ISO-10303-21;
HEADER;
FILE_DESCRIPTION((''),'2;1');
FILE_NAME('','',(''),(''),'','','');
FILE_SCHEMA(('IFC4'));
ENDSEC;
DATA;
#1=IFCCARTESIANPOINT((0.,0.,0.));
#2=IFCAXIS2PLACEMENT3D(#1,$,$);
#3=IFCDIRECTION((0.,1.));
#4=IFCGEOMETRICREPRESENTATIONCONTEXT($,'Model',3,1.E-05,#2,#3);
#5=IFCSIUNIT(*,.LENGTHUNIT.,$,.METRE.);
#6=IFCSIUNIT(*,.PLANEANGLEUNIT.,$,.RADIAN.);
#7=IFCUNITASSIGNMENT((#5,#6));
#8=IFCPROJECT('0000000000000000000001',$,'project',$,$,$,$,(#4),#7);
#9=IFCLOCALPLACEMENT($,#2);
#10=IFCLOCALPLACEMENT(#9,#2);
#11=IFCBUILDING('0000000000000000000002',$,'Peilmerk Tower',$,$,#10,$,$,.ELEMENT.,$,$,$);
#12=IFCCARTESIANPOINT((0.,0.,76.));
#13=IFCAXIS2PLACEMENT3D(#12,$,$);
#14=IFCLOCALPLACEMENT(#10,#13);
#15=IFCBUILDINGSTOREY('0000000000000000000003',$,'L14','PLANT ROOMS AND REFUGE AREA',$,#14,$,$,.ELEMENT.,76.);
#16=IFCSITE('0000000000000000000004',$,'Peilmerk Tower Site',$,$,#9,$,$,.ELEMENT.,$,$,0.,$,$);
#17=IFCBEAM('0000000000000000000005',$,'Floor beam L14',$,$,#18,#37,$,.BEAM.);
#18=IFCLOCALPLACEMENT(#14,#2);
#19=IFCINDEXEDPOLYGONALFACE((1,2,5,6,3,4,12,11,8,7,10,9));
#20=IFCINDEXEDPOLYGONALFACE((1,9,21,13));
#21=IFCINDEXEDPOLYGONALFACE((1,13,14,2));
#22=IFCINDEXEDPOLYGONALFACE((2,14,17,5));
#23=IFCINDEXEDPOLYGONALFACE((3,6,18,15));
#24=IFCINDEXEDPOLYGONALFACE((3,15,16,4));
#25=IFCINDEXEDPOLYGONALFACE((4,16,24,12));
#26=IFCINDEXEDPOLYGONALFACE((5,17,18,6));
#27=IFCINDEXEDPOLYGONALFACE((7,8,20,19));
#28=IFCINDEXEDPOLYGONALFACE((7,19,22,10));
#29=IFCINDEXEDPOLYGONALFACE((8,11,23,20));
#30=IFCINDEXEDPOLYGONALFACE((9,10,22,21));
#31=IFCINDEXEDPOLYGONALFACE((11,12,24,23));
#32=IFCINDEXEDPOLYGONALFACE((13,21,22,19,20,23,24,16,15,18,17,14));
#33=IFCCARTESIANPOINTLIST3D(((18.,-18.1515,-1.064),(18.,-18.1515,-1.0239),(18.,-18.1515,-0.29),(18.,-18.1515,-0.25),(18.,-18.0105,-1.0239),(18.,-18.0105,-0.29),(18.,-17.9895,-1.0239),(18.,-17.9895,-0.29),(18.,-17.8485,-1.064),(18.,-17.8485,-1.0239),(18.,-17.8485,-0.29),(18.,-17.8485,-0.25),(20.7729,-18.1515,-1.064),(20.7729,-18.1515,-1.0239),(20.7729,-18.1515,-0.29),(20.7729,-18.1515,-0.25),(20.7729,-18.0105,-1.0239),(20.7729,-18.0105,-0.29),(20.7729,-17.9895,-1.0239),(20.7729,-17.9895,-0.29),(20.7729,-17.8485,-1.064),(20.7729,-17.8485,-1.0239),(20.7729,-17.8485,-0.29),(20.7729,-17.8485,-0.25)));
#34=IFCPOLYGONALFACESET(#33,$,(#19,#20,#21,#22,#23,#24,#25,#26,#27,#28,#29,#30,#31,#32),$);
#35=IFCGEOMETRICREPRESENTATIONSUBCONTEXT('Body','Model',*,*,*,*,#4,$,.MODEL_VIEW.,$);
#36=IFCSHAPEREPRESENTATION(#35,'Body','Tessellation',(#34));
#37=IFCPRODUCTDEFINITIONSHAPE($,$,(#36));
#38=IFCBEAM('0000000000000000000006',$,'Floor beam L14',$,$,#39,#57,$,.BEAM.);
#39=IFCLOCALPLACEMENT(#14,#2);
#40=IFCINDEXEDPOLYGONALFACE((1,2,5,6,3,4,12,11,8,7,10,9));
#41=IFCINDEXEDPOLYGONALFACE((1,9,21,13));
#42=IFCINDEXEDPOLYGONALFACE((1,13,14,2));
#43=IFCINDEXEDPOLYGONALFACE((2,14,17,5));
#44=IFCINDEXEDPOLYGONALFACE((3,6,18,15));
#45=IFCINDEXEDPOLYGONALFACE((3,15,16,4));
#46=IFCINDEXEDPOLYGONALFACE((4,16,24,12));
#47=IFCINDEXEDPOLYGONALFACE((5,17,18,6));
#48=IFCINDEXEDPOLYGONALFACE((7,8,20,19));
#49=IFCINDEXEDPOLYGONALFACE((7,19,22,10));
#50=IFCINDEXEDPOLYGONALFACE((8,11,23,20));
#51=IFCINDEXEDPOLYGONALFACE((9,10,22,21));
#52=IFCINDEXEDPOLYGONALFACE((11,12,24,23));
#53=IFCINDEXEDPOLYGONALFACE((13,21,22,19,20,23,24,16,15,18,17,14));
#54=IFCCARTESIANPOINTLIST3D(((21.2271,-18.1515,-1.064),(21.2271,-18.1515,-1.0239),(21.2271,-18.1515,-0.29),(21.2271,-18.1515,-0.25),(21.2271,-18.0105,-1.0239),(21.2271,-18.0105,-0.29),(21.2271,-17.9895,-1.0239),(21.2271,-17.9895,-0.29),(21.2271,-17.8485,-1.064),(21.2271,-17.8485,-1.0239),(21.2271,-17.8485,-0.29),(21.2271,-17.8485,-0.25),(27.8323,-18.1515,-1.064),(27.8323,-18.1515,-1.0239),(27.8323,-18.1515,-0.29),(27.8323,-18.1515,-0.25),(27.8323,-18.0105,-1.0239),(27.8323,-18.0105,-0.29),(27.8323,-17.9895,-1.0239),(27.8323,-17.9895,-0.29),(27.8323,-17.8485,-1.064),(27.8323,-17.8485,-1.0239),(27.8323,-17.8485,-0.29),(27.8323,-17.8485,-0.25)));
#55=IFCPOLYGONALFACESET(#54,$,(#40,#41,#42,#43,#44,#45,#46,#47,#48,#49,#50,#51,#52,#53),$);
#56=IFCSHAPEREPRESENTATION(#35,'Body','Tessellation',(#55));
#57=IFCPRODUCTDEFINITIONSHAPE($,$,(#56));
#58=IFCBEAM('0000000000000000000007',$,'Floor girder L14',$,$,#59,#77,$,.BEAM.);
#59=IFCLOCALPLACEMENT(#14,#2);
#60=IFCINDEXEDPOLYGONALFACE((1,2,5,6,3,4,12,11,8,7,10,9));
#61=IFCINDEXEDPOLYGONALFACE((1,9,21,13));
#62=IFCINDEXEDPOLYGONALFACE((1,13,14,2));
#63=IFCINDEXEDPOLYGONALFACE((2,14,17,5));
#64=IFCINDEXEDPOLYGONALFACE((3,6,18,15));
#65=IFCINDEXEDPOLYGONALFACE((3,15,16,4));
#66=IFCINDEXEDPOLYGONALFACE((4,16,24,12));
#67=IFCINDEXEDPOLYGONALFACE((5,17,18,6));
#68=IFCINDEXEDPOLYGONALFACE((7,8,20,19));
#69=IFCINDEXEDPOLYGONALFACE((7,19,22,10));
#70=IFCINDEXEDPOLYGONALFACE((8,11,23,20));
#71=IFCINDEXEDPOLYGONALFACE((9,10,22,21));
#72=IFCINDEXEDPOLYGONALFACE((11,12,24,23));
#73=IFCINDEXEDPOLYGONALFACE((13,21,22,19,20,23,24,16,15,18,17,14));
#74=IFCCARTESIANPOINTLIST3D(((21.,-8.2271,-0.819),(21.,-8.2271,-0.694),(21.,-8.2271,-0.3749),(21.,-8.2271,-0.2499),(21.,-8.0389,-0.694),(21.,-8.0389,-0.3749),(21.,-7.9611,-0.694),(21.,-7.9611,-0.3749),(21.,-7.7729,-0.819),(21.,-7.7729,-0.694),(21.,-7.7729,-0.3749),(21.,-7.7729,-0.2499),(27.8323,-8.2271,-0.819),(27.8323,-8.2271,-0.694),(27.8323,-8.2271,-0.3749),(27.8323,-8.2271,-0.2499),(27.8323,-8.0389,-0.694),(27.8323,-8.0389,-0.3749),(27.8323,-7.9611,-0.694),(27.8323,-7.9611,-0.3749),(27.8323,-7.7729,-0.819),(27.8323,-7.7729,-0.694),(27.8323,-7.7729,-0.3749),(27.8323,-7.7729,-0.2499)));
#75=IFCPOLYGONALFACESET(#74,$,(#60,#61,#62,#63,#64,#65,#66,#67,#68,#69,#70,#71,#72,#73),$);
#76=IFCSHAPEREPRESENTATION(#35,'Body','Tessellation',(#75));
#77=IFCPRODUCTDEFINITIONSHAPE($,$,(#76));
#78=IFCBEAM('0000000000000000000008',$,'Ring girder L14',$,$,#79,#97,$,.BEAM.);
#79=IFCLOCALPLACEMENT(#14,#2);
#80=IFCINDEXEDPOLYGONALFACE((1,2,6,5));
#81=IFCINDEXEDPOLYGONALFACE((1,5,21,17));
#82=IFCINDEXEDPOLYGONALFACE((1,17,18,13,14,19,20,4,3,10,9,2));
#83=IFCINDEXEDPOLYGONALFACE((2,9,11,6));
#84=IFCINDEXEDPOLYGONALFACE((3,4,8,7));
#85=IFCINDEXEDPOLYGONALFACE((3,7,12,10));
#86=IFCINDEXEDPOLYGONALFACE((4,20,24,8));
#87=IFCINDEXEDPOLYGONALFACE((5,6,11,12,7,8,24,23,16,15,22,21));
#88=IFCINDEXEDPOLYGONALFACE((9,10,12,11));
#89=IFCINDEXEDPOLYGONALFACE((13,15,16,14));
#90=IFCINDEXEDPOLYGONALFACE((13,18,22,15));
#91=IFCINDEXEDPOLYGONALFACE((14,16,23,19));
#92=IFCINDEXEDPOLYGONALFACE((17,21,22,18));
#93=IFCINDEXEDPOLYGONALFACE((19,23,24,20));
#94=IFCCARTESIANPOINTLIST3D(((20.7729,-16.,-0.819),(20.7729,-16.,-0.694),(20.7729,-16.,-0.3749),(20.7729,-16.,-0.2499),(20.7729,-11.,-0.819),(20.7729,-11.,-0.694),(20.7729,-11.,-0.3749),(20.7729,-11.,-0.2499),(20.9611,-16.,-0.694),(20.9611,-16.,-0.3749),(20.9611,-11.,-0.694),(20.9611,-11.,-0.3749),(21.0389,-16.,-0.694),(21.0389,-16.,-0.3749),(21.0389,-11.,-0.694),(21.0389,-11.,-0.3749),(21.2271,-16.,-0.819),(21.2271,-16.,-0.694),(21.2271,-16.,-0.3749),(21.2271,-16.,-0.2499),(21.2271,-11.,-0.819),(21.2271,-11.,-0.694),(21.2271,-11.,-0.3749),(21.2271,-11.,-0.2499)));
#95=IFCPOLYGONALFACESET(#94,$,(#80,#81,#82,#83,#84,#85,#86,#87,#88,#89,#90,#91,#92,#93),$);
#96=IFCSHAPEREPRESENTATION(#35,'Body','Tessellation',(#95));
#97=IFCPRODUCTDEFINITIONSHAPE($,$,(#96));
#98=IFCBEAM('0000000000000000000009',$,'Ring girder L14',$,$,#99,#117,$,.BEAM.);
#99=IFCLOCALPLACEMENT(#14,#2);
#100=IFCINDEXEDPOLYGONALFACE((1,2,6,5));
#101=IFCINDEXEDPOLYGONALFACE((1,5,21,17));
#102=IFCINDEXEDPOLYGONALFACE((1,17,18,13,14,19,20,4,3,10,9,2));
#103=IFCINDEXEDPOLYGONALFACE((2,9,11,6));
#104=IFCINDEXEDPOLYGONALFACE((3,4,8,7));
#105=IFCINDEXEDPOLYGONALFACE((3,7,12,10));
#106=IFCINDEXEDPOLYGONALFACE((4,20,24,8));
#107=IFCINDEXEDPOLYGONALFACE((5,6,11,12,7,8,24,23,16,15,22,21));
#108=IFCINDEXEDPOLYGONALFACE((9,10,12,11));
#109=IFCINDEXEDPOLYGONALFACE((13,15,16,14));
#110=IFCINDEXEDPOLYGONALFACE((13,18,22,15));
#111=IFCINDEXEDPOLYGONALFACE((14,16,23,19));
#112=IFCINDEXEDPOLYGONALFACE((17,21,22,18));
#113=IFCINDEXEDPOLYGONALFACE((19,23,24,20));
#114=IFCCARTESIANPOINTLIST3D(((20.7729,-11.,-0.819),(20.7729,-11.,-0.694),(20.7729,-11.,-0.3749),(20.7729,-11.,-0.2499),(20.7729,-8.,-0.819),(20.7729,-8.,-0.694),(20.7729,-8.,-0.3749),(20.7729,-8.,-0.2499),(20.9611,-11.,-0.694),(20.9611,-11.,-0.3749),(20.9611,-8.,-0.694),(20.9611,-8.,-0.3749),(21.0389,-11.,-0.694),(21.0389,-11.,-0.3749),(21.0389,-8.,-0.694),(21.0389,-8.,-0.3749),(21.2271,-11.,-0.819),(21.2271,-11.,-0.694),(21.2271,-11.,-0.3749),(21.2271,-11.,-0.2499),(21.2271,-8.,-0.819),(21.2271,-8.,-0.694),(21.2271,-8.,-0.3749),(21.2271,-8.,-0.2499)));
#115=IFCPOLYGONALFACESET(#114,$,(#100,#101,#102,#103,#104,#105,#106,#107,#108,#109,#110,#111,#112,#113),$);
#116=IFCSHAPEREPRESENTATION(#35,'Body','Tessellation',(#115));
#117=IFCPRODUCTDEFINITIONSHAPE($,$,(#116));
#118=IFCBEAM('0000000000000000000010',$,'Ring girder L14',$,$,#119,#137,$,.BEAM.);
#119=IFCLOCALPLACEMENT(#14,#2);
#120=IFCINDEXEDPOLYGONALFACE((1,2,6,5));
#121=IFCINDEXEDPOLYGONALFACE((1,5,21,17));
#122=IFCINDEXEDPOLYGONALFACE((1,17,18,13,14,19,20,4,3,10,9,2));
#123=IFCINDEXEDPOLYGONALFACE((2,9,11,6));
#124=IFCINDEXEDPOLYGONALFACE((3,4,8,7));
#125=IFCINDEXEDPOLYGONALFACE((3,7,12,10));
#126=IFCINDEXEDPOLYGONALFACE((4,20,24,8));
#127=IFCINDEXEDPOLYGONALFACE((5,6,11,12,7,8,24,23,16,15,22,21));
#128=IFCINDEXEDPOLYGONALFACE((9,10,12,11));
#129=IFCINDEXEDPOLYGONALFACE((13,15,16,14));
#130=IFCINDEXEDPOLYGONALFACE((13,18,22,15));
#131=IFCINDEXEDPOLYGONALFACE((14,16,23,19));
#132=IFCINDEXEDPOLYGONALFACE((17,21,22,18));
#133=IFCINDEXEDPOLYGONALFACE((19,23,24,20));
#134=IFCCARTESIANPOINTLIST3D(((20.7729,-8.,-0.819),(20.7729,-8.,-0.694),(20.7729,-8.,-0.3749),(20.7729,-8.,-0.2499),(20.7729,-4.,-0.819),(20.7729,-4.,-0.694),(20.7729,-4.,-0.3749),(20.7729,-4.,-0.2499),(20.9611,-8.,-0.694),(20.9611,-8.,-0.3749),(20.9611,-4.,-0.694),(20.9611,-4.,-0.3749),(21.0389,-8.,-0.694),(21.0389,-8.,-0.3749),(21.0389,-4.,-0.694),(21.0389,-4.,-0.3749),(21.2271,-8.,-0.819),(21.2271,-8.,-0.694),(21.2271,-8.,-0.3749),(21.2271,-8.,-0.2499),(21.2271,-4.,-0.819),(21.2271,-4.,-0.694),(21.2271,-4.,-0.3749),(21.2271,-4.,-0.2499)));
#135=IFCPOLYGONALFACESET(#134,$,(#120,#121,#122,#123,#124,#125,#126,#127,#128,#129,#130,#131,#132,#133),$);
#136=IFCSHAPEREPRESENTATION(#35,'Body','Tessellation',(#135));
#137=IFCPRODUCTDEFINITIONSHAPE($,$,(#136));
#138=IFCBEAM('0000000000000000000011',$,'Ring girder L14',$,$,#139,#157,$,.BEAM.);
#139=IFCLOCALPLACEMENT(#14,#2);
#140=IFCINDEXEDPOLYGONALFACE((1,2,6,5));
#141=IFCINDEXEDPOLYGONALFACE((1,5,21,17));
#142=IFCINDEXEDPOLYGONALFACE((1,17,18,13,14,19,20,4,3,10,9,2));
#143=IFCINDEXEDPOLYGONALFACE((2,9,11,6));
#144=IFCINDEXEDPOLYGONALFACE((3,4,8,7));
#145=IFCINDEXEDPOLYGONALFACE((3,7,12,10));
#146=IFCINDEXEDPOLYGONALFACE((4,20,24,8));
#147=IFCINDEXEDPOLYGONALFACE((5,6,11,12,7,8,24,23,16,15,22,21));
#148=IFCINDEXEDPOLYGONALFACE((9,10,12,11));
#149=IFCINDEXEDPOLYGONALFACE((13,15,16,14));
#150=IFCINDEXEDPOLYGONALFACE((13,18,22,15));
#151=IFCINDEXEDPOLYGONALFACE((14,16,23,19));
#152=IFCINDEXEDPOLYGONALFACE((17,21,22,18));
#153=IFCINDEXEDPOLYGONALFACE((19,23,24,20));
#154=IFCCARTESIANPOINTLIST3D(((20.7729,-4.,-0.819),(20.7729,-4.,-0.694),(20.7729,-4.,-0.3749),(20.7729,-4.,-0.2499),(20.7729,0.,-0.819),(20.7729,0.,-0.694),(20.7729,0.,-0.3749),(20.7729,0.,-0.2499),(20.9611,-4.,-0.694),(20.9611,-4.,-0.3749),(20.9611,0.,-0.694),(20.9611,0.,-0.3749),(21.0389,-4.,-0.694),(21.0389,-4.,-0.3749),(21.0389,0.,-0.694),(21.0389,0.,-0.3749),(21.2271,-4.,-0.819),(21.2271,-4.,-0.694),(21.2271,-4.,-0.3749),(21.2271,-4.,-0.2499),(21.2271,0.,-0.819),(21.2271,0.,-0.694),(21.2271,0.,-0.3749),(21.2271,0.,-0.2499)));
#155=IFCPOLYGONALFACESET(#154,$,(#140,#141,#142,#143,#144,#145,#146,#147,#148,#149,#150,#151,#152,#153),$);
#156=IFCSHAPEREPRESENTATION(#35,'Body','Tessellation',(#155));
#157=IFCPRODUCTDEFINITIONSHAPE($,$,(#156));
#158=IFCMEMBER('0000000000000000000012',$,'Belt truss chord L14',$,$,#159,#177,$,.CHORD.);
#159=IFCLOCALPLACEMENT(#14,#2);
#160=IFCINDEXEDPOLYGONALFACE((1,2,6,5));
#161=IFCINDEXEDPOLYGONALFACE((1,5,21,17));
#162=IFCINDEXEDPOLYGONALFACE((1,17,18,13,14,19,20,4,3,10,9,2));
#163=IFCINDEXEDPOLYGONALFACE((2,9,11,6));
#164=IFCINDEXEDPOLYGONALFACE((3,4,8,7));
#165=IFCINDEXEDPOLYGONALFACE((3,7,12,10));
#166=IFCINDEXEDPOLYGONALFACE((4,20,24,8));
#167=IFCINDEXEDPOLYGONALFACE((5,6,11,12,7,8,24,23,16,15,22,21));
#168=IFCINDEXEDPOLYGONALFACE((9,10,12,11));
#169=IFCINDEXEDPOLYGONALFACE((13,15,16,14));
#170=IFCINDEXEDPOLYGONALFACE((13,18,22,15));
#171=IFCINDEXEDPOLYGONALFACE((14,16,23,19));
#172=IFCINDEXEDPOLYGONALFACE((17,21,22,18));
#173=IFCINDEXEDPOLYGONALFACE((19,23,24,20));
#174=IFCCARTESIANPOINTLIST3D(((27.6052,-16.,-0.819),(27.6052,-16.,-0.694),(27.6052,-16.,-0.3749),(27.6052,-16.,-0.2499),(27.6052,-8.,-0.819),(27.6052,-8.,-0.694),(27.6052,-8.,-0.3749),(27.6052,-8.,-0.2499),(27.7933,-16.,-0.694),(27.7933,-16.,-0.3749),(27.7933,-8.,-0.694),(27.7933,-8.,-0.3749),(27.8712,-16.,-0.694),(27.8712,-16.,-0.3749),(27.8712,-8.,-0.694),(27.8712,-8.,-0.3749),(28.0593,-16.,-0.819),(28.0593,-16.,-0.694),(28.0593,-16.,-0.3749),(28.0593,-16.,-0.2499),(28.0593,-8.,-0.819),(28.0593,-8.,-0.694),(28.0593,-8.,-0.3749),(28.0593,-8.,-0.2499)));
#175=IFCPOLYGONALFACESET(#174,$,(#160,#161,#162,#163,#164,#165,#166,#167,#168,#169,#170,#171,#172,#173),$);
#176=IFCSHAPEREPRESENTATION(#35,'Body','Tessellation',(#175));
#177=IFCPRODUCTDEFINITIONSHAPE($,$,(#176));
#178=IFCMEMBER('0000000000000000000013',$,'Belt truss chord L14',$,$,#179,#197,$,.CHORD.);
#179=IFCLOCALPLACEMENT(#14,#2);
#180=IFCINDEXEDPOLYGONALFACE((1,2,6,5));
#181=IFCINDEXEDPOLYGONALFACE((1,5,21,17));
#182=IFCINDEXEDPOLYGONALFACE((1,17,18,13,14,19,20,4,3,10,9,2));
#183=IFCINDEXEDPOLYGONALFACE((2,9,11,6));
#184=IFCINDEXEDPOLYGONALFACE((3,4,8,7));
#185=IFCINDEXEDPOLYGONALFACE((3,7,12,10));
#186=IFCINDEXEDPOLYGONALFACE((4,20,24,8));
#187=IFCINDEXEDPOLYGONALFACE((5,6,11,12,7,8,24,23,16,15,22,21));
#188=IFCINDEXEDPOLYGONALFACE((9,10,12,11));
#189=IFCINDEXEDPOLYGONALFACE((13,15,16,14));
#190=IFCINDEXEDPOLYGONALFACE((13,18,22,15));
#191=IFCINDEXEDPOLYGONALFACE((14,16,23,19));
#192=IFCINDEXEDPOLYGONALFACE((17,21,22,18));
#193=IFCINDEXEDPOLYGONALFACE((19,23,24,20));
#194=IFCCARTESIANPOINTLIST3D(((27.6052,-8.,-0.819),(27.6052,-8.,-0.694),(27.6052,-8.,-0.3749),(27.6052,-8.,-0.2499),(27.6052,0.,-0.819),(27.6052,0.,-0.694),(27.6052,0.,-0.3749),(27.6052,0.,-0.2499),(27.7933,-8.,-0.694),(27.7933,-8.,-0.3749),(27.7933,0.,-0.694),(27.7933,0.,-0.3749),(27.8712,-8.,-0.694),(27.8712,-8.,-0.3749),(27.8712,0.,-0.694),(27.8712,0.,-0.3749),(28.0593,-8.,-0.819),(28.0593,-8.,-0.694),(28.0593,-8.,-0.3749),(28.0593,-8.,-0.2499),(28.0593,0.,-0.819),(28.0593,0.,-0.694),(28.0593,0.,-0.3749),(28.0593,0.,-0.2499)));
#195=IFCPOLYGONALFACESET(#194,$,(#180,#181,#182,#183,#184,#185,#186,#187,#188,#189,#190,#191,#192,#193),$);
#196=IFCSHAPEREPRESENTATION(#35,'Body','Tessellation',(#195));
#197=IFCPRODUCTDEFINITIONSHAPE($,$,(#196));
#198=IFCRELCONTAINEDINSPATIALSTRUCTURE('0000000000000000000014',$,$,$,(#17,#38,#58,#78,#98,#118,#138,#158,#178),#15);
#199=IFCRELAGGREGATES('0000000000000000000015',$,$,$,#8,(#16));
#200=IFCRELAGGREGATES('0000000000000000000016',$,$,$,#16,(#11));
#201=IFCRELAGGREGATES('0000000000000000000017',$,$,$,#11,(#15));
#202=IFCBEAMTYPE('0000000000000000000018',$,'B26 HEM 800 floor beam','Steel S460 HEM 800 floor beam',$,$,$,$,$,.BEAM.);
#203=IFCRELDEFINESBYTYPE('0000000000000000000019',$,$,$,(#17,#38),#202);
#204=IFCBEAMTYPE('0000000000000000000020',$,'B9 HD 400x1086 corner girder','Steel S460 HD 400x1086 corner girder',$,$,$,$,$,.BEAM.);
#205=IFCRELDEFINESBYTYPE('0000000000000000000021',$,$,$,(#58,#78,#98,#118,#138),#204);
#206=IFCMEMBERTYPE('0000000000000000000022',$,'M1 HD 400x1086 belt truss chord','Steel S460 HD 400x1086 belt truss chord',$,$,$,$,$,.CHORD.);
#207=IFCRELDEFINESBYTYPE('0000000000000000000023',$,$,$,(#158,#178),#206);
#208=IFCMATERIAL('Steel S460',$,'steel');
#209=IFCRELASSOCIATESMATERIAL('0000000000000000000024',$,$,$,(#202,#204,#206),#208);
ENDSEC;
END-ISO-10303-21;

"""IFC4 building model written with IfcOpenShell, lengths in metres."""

from ifc_helpers import new_model, si_unit, direction, frame, origin, origin_2d, place, context, subcontext, project, spatial, i_section, extrude, material, material_profile, profile_set, type_object, element, save


model = new_model("IFC4")

# Units and contexts
model_context = context("Model", 3, precision=1e-05, world=origin(), true_north=direction((0.0, 1.0)))
body_context = subcontext(model_context, "Body", "Model", "MODEL_VIEW")
ifc_project = project(units=[si_unit("LENGTHUNIT", "METRE"), si_unit("PLANEANGLEUNIT", "RADIAN")], contexts=[model_context])

# Site, building, storey
site_placement = place(None, origin())
site = spatial("IfcSite", under=ifc_project, at=site_placement, Name="Peilmerk Tower Site", CompositionType="ELEMENT", RefElevation=0.0)
building_placement = place(site_placement, origin())
building = spatial("IfcBuilding", under=site, at=building_placement, Name="Peilmerk Tower", CompositionType="ELEMENT")
storey_placement = place(building_placement, frame((0.0, 0.0, 76.0)))
storey = spatial("IfcBuildingStorey", under=building, at=storey_placement, Name="L14", Description="PLANT ROOMS AND REFUGE AREA", CompositionType="ELEMENT", Elevation=76.0)

# Shared definitions
ifc_material_1 = material(Name="Steel S460", Category="steel")

# Beams
ifc_material_profile_1 = material_profile(ifc_material_1, i_section(OverallWidth=0.303, OverallDepth=0.814, WebThickness=0.021, FlangeThickness=0.04, at=origin_2d()), Name="HEM 800")
ifc_profile_set_1 = profile_set([ifc_material_profile_1], Name="Steel S460")
beam_type_1 = type_object("IfcBeamType", Name="B26 HEM 800 floor beam", Description="Steel S460 HEM 800 floor beam", PredefinedType="BEAM", material=ifc_profile_set_1)
beam_1_placement = place(storey_placement, frame((18.0, -18.0, -0.657), z_axis=(1.0, 0.0, 0.0), x_axis=(0.0, 1.0, 0.0)))
element("IfcBeam", 1, at=beam_1_placement, inside=storey, type_object=beam_type_1, Name="Floor beam L14", PredefinedType="BEAM", context=body_context, shape_type="SweptSolid", body=[
    extrude(i_section(OverallWidth=0.303, OverallDepth=0.814, WebThickness=0.021, FlangeThickness=0.04, at=origin_2d()), origin(), (0.0, 0.0, 1.0), 2.7729),
])
beam_2_placement = place(storey_placement, frame((21.2271, -18.0, -0.657), z_axis=(1.0, 0.0, 0.0), x_axis=(0.0, 1.0, 0.0)))
element("IfcBeam", 2, at=beam_2_placement, inside=storey, type_object=beam_type_1, Name="Floor beam L14", PredefinedType="BEAM", context=body_context, shape_type="SweptSolid", body=[
    extrude(i_section(OverallWidth=0.303, OverallDepth=0.814, WebThickness=0.021, FlangeThickness=0.04, at=origin_2d()), origin(), (0.0, 0.0, 1.0), 6.6052),
])
ifc_material_profile_2 = material_profile(ifc_material_1, i_section(OverallWidth=0.4541, OverallDepth=0.5691, WebThickness=0.0779, FlangeThickness=0.125, at=origin_2d()), Name="HD 400x1086")
ifc_profile_set_2 = profile_set([ifc_material_profile_2], Name="Steel S460")
beam_type_2 = type_object("IfcBeamType", Name="B9 HD 400x1086 corner girder", Description="Steel S460 HD 400x1086 corner girder", PredefinedType="BEAM", material=ifc_profile_set_2)
beam_3_placement = place(storey_placement, frame((21.0, -8.0, -0.5344), z_axis=(1.0, 0.0, 0.0), x_axis=(0.0, 1.0, 0.0)))
element("IfcBeam", 3, at=beam_3_placement, inside=storey, type_object=beam_type_2, Name="Floor girder L14", PredefinedType="BEAM", context=body_context, shape_type="SweptSolid", body=[
    extrude(i_section(OverallWidth=0.4541, OverallDepth=0.5691, WebThickness=0.0779, FlangeThickness=0.125, at=origin_2d()), origin(), (0.0, 0.0, 1.0), 6.8323),
])
beam_4_placement = place(storey_placement, frame((21.0, -16.0, -0.5344), z_axis=(0.0, 1.0, 0.0), x_axis=(-1.0, 0.0, 0.0)))
element("IfcBeam", 4, at=beam_4_placement, inside=storey, type_object=beam_type_2, Name="Ring girder L14", PredefinedType="BEAM", context=body_context, shape_type="SweptSolid", body=[
    extrude(i_section(OverallWidth=0.4541, OverallDepth=0.5691, WebThickness=0.0779, FlangeThickness=0.125, at=origin_2d()), origin(), (0.0, 0.0, 1.0), 5.0),
])
beam_5_placement = place(storey_placement, frame((21.0, -11.0, -0.5344), z_axis=(0.0, 1.0, 0.0), x_axis=(-1.0, 0.0, 0.0)))
element("IfcBeam", 5, at=beam_5_placement, inside=storey, type_object=beam_type_2, Name="Ring girder L14", PredefinedType="BEAM", context=body_context, shape_type="SweptSolid", body=[
    extrude(i_section(OverallWidth=0.4541, OverallDepth=0.5691, WebThickness=0.0779, FlangeThickness=0.125, at=origin_2d()), origin(), (0.0, 0.0, 1.0), 3.0),
])
for number, where, z_axis, x_axis, name in (
    (6, (21.0, -8.0, -0.5344), (0.0, 1.0, 0.0), (-1.0, 0.0, 0.0), "Ring girder L14"),
    (7, (21.0, -4.0, -0.5344), (0.0, 1.0, 0.0), (-1.0, 0.0, 0.0), "Ring girder L14"),
):
    element("IfcBeam", number, at=place(storey_placement, frame(where, z_axis=z_axis, x_axis=x_axis)), inside=storey, type_object=beam_type_2, Name=name, PredefinedType="BEAM", context=body_context, shape_type="SweptSolid", body=[
        extrude(i_section(OverallWidth=0.4541, OverallDepth=0.5691, WebThickness=0.0779, FlangeThickness=0.125, at=origin_2d()), origin(), (0.0, 0.0, 1.0), 4.0),
    ])

# Members
ifc_material_profile_3 = material_profile(ifc_material_1, i_section(OverallWidth=0.4541, OverallDepth=0.5691, WebThickness=0.0779, FlangeThickness=0.125, at=origin_2d()), Name="HD 400x1086")
ifc_profile_set_3 = profile_set([ifc_material_profile_3], Name="Steel S460")
member_type_1 = type_object("IfcMemberType", Name="M1 HD 400x1086 belt truss chord", Description="Steel S460 HD 400x1086 belt truss chord", PredefinedType="CHORD", material=ifc_profile_set_3)
for number, where, z_axis, x_axis, name in (
    (8, (27.8323, -16.0, -0.5344), (0.0, 1.0, 0.0), (-1.0, 0.0, 0.0), "Belt truss chord L14"),
    (9, (27.8323, -8.0, -0.5344), (0.0, 1.0, 0.0), (-1.0, 0.0, 0.0), "Belt truss chord L14"),
):
    element("IfcMember", number, at=place(storey_placement, frame(where, z_axis=z_axis, x_axis=x_axis)), inside=storey, type_object=member_type_1, Name=name, PredefinedType="CHORD", context=body_context, shape_type="SweptSolid", body=[
        extrude(i_section(OverallWidth=0.4541, OverallDepth=0.5691, WebThickness=0.0779, FlangeThickness=0.125, at=origin_2d()), origin(), (0.0, 0.0, 1.0), 8.0),
    ])

save(model, "model.ifc")
